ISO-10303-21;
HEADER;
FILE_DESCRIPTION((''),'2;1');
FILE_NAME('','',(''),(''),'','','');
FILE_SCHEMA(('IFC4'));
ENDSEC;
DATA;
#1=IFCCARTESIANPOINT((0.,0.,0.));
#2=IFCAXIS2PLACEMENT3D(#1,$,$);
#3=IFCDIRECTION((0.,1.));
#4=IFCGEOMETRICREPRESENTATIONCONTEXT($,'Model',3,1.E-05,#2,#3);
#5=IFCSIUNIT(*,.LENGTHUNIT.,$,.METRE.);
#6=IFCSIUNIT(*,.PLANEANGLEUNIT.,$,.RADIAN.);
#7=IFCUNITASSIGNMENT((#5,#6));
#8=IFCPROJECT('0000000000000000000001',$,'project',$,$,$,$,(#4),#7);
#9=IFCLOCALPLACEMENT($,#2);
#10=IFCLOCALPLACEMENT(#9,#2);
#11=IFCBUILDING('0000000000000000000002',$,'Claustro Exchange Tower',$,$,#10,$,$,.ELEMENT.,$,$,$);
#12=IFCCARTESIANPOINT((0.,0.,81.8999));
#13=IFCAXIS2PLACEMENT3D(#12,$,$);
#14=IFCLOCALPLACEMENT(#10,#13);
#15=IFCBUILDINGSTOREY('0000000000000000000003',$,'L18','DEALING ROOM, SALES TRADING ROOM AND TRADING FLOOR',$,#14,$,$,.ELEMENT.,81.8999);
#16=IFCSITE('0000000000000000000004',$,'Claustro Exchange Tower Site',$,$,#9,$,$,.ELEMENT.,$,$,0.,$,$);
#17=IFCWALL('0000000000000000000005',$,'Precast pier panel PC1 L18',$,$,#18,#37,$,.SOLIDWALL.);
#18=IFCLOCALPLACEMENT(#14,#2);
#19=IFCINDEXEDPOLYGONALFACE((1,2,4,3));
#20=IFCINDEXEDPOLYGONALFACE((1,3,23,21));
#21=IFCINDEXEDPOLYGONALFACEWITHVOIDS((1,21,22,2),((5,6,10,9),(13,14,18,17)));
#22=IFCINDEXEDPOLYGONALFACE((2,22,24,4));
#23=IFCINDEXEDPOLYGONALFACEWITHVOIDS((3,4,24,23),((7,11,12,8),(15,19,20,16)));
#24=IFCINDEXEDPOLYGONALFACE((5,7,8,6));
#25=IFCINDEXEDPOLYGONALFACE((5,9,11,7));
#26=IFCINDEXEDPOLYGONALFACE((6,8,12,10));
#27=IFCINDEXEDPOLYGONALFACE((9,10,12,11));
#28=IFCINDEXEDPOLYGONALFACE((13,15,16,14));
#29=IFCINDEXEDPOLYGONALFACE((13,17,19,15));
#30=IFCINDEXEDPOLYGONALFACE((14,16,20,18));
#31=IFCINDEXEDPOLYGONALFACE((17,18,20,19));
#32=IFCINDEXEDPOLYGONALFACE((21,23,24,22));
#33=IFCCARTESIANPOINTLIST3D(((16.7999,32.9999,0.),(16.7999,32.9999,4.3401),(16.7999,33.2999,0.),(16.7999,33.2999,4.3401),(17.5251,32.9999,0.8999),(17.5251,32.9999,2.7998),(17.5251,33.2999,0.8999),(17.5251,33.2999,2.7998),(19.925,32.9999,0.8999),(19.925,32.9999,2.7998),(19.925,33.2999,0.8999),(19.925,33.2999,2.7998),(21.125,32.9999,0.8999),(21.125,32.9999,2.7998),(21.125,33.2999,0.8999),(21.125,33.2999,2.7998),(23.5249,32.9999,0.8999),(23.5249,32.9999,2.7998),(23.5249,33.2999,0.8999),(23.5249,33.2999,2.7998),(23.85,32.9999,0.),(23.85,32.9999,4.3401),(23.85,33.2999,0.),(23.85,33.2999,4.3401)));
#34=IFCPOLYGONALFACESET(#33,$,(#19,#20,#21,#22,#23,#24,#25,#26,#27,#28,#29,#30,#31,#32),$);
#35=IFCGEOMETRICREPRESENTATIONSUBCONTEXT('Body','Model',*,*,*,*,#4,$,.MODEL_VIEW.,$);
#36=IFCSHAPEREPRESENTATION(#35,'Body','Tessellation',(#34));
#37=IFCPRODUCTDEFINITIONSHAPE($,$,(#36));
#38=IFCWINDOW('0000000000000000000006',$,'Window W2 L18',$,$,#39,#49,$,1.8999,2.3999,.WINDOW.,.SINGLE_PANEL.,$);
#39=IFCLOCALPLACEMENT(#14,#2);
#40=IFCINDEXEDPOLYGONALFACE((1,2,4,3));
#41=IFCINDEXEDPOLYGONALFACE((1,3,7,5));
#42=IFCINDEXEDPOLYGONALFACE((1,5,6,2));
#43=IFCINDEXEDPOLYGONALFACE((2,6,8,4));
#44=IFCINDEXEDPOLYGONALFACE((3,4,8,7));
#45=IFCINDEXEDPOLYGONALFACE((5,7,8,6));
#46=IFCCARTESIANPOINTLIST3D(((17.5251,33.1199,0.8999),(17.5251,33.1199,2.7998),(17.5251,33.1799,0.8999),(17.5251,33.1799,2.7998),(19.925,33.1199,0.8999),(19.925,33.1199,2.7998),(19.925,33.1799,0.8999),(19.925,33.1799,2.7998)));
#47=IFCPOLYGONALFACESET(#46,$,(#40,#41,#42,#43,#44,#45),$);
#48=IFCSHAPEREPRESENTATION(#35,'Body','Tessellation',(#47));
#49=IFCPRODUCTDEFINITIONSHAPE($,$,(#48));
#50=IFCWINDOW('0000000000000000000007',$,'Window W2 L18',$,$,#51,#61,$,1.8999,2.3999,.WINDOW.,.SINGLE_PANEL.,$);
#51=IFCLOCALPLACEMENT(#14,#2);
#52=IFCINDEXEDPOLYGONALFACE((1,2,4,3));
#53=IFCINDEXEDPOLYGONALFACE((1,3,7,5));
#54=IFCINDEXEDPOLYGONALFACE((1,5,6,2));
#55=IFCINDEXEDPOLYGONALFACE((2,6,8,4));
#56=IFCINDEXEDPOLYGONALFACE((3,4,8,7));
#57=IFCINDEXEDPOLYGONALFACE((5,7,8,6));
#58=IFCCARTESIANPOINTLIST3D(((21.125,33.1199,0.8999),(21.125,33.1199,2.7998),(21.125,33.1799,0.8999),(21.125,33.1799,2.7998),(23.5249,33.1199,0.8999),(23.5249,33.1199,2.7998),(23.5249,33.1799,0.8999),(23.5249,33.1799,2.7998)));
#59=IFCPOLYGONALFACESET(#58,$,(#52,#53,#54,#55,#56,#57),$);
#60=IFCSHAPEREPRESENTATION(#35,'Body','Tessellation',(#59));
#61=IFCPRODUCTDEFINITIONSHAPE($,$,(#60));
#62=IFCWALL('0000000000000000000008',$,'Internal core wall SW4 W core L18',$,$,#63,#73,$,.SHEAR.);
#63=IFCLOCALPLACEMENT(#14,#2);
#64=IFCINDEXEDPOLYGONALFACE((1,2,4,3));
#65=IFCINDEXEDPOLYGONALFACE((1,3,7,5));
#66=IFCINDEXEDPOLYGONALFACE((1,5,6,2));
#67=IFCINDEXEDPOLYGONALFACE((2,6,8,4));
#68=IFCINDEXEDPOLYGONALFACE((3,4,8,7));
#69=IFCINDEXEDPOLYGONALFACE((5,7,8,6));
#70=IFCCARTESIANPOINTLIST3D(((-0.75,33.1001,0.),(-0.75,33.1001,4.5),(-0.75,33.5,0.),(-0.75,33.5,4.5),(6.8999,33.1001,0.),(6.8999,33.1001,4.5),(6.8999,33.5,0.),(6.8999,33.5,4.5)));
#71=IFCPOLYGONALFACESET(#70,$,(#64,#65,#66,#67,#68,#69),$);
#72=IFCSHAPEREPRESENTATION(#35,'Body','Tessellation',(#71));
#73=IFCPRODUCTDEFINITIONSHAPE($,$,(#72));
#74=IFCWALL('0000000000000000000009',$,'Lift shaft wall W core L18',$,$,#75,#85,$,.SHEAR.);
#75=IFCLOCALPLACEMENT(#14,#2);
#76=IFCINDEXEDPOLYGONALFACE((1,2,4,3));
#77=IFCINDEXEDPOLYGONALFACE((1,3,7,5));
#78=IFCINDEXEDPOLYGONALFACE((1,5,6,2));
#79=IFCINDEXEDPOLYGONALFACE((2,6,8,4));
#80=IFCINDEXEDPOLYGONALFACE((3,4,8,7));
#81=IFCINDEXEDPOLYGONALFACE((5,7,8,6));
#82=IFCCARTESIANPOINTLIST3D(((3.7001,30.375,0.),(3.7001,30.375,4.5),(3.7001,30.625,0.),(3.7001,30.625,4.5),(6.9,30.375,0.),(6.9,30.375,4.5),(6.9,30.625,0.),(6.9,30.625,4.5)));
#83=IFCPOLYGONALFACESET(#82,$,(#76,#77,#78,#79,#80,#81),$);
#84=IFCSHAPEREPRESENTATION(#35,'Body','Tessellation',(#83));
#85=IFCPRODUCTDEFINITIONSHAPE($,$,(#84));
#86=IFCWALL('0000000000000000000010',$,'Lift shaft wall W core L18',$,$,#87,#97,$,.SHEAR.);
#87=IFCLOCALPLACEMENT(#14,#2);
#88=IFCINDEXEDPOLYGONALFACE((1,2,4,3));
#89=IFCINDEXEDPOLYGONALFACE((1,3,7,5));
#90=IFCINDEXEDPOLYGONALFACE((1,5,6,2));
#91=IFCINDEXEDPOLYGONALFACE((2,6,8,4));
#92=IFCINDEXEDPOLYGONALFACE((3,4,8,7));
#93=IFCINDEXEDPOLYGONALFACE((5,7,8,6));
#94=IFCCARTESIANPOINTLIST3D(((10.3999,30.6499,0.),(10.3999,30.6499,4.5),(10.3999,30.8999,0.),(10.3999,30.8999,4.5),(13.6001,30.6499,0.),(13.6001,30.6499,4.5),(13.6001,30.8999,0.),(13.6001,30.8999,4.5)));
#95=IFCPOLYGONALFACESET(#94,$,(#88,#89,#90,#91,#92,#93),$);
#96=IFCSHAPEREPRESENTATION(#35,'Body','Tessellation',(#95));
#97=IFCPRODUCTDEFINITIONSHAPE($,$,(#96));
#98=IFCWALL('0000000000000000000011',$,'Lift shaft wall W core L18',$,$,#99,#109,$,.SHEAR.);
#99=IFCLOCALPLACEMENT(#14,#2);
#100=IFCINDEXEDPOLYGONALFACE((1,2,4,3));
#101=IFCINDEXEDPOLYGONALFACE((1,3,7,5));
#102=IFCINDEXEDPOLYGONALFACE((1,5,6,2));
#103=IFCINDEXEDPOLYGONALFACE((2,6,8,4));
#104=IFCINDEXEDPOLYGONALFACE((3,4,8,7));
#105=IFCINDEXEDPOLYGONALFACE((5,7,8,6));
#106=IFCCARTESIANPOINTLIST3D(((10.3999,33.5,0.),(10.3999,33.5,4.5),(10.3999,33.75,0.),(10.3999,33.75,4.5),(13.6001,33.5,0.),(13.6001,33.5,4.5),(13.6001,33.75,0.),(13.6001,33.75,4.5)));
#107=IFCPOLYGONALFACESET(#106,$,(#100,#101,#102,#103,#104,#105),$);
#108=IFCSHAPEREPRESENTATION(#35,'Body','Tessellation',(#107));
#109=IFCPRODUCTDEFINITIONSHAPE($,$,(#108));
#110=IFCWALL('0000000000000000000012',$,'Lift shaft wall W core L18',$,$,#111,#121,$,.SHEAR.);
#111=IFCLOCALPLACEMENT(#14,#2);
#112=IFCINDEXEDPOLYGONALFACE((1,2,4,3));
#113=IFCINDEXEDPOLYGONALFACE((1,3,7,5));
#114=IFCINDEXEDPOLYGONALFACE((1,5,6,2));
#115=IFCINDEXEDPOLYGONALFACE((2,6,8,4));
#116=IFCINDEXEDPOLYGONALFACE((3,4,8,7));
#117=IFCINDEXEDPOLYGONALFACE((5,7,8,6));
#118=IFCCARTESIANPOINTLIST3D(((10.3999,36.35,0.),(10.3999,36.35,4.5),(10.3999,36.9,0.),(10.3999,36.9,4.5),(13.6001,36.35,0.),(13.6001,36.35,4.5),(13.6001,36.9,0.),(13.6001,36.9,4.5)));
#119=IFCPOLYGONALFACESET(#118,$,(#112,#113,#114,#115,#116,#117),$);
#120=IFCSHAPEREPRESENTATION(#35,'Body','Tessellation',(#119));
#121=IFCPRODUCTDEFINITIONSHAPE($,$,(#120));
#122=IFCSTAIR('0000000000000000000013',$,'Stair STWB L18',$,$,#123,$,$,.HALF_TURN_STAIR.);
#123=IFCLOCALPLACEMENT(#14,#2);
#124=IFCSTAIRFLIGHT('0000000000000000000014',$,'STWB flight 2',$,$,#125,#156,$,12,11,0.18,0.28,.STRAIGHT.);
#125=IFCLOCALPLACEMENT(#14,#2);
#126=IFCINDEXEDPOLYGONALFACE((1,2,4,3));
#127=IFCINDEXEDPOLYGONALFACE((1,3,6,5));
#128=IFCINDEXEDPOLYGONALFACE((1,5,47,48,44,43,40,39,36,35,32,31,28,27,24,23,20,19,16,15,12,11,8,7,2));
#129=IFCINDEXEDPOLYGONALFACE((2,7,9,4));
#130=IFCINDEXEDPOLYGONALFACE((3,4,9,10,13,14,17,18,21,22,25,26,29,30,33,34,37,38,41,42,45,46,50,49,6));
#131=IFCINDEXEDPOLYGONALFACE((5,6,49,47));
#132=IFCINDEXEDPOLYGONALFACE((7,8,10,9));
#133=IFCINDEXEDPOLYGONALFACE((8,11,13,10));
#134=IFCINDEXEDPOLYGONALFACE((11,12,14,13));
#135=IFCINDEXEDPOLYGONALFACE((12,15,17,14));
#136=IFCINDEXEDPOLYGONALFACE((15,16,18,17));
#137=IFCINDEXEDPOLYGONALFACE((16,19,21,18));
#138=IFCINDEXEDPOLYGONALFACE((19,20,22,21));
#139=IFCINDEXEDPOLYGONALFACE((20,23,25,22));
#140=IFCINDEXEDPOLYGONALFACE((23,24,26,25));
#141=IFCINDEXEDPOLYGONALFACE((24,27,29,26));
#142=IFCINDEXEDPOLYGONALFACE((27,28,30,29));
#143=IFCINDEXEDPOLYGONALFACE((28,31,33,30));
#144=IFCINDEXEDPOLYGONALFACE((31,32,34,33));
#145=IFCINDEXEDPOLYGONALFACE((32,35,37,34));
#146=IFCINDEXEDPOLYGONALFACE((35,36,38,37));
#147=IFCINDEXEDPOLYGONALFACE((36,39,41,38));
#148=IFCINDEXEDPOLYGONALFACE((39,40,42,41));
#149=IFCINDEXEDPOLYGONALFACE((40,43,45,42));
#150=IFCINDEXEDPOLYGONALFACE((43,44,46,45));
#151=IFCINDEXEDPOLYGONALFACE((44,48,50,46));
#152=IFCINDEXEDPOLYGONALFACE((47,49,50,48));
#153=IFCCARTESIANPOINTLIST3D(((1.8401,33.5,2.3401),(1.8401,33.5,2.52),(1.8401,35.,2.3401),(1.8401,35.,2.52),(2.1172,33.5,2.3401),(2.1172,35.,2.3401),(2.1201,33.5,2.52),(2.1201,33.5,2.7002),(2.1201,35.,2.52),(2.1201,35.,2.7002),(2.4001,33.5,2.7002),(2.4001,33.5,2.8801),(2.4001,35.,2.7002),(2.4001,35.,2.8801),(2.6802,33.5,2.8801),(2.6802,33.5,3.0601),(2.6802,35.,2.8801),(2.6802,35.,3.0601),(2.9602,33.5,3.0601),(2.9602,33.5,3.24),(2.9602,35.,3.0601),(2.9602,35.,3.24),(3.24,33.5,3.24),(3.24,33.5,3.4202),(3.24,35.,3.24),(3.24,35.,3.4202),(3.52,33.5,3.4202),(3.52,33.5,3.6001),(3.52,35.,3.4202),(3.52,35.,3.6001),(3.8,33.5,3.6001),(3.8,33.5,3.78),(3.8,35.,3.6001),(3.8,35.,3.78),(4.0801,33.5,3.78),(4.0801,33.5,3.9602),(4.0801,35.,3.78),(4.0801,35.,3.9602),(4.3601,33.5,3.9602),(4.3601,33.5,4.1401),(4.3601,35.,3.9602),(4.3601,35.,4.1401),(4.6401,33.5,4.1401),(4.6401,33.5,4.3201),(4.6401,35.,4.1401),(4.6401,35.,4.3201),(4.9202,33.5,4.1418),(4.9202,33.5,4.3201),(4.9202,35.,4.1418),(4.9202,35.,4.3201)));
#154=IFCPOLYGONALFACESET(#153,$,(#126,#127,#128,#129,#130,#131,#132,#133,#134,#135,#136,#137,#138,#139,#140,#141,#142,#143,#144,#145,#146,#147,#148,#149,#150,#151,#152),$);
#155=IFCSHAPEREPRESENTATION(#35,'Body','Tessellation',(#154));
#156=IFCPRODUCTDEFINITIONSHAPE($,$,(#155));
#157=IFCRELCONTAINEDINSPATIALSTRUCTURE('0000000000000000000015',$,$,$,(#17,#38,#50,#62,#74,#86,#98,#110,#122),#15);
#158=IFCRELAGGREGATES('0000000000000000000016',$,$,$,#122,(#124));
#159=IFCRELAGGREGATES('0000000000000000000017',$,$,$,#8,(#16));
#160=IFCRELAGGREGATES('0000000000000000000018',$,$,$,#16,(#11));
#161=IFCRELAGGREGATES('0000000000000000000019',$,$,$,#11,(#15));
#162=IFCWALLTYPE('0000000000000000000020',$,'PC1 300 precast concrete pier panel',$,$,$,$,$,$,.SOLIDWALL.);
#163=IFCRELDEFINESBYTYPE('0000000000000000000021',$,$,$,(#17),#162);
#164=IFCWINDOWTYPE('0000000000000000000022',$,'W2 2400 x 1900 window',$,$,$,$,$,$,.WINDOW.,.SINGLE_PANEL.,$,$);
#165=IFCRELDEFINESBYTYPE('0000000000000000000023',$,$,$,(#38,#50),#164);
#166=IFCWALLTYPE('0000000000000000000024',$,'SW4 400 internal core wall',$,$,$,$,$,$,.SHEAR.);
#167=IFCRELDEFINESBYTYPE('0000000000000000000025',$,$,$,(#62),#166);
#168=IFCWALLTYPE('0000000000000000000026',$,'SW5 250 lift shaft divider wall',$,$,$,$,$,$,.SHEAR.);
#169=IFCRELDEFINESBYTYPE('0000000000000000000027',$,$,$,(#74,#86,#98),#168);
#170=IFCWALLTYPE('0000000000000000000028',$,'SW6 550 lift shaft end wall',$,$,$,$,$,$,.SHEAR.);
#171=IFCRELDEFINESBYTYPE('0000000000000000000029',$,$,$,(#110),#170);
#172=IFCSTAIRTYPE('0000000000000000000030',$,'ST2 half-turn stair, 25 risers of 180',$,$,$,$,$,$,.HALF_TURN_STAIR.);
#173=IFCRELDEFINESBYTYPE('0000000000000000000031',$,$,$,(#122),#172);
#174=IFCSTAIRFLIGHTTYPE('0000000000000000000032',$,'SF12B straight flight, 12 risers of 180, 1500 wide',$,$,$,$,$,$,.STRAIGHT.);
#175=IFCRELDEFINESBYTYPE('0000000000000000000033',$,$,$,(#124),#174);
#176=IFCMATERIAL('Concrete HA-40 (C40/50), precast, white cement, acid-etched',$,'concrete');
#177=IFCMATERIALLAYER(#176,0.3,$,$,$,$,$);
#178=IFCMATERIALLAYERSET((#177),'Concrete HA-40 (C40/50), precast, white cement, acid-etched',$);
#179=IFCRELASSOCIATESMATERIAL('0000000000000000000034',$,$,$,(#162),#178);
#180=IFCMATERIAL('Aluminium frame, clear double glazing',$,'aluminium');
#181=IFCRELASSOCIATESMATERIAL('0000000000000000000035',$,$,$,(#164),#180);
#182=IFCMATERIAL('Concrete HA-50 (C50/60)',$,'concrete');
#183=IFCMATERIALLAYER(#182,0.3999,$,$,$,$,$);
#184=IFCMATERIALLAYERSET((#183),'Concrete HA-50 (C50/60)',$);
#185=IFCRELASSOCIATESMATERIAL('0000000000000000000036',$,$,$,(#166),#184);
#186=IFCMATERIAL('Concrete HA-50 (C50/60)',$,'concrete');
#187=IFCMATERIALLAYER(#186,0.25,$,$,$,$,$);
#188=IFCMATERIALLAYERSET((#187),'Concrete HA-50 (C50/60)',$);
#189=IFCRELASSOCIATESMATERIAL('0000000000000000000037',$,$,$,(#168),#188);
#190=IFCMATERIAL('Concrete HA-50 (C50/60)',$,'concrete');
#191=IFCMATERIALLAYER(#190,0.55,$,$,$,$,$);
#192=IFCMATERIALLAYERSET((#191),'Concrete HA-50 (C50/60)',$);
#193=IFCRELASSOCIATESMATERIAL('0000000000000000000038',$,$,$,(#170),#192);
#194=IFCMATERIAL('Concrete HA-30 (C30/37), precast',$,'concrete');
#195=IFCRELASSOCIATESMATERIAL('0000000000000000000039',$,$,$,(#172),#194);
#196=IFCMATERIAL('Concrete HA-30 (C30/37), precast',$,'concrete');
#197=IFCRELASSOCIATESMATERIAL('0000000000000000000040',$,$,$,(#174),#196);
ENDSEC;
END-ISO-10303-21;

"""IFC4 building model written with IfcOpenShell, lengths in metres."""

from ifc_helpers import new_model, si_unit, direction, frame, frame_2d, origin, place, context, subcontext, project, spatial, polyline, rectangle, outline, extrude, material, layer, layer_set, type_object, element, fill, aggregate, save


model = new_model("IFC4")

# Units and contexts
model_context = context("Model", 3, precision=1e-05, world=origin(), true_north=direction((0.0, 1.0)))
body_context = subcontext(model_context, "Body", "Model", "MODEL_VIEW")
ifc_project = project(units=[si_unit("LENGTHUNIT", "METRE"), si_unit("PLANEANGLEUNIT", "RADIAN")], contexts=[model_context])

# Site, building, storey
site_placement = place(None, origin())
site = spatial("IfcSite", under=ifc_project, at=site_placement, Name="Claustro Exchange Tower Site", CompositionType="ELEMENT", RefElevation=0.0)
building_placement = place(site_placement, origin())
building = spatial("IfcBuilding", under=site, at=building_placement, Name="Claustro Exchange Tower", CompositionType="ELEMENT")
storey_placement = place(building_placement, frame((0.0, 0.0, 81.8999)))
storey = spatial("IfcBuildingStorey", under=building, at=storey_placement, Name="L18", Description="DEALING ROOM, SALES TRADING ROOM AND TRADING FLOOR", CompositionType="ELEMENT", Elevation=81.8999)

# Shared definitions
ifc_material_1 = material(Name="Concrete HA-40 (C40/50), precast, white cement, acid-etched", Category="concrete")
ifc_layer_1 = layer(ifc_material_1, 0.3)
ifc_layer_set_1 = layer_set([ifc_layer_1], Name="Concrete HA-40 (C40/50), precast, white cement, acid-etched")
wall_type_1 = type_object("IfcWallType", Name="PC1 300 precast concrete pier panel", PredefinedType="SOLIDWALL", material=ifc_layer_set_1)
ifc_material_2 = material(Name="Aluminium frame, clear double glazing", Category="aluminium")
window_type = type_object("IfcWindowType", Name="W2 2400 x 1900 window", PartitioningType="SINGLE_PANEL", PredefinedType="WINDOW", material=ifc_material_2)

# Wall, openings, windows
wall_1_placement = place(storey_placement, frame((16.8, 33.1499, 0.0), z_axis=(0.0, 0.0, 1.0), x_axis=(1.0, 0.0, 0.0)))
wall_1 = element("IfcWall", 1, at=wall_1_placement, inside=storey, type_object=wall_type_1, Name="Precast pier panel PC1 L18", PredefinedType="SOLIDWALL", context=body_context, shape_type="SweptSolid", body=[
    extrude(rectangle(XDim=7.05, YDim=0.3, at=frame_2d((3.5249, 0.0))), origin(), (0.0, 0.0, 1.0), 4.3401),
])
opening_1_placement = place(wall_1_placement, frame((0.7251, 0.0, 0.8999)))
opening_1 = element("IfcOpeningElement", 2, at=opening_1_placement, cuts=wall_1, PredefinedType="OPENING", context=body_context, shape_type="SweptSolid", body=[
    extrude(rectangle(XDim=2.3999, YDim=1.8999, at=frame_2d((1.2, 0.95))), frame((0.0, 0.1599, 0.0), z_axis=(0.0, -1.0, 0.0), x_axis=(1.0, 0.0, 0.0)), (0.0, 0.0, 1.0), 0.3201),
])
opening_2_placement = place(wall_1_placement, frame((4.325, 0.0, 0.8999)))
opening_2 = element("IfcOpeningElement", 3, at=opening_2_placement, cuts=wall_1, PredefinedType="OPENING", context=body_context, shape_type="SweptSolid", body=[
    extrude(rectangle(XDim=2.3999, YDim=1.8999, at=frame_2d((1.2, 0.95))), frame((0.0, 0.1599, 0.0), z_axis=(0.0, -1.0, 0.0), x_axis=(1.0, 0.0, 0.0)), (0.0, 0.0, 1.0), 0.3201),
])
window_1_placement = place(opening_1_placement, origin())
window_1 = element("IfcWindow", 4, at=window_1_placement, inside=storey, type_object=window_type, Name="Window W2 L18", OverallHeight=1.8999, OverallWidth=2.3999, PartitioningType="SINGLE_PANEL", PredefinedType="WINDOW", context=body_context, shape_type="SweptSolid", body=[
    extrude(rectangle(XDim=2.3999, YDim=1.8999, at=frame_2d((1.2, 0.95))), frame((0.0, 0.03, 0.0), z_axis=(0.0, -1.0, 0.0), x_axis=(1.0, 0.0, 0.0)), (0.0, 0.0, 1.0), 0.0601),
])
fill(opening_1, window_1)
window_2_placement = place(opening_2_placement, origin())
window_2 = element("IfcWindow", 5, at=window_2_placement, inside=storey, type_object=window_type, Name="Window W2 L18", OverallHeight=1.8999, OverallWidth=2.3999, PartitioningType="SINGLE_PANEL", PredefinedType="WINDOW", context=body_context, shape_type="SweptSolid", body=[
    extrude(rectangle(XDim=2.3999, YDim=1.8999, at=frame_2d((1.2, 0.95))), frame((0.0, 0.03, 0.0), z_axis=(0.0, -1.0, 0.0), x_axis=(1.0, 0.0, 0.0)), (0.0, 0.0, 1.0), 0.0601),
])
fill(opening_2, window_2)

# Walls
ifc_material_3 = material(Name="Concrete HA-50 (C50/60)", Category="concrete")
ifc_layer_2 = layer(ifc_material_3, 0.3999)
ifc_layer_set_2 = layer_set([ifc_layer_2], Name="Concrete HA-50 (C50/60)")
wall_type_2 = type_object("IfcWallType", Name="SW4 400 internal core wall", PredefinedType="SHEAR", material=ifc_layer_set_2)
wall_2_placement = place(storey_placement, frame((-0.75, 33.3, 0.0), z_axis=(0.0, 0.0, 1.0), x_axis=(1.0, 0.0, 0.0)))
element("IfcWall", 6, at=wall_2_placement, inside=storey, type_object=wall_type_2, Name="Internal core wall SW4 W core L18", PredefinedType="SHEAR", context=body_context, shape_type="SweptSolid", body=[
    extrude(rectangle(XDim=7.6499, YDim=0.3999, at=frame_2d((3.825, 0.0))), origin(), (0.0, 0.0, 1.0), 4.5),
])
ifc_material_4 = material(Name="Concrete HA-50 (C50/60)", Category="concrete")
ifc_layer_3 = layer(ifc_material_4, 0.25)
ifc_layer_set_3 = layer_set([ifc_layer_3], Name="Concrete HA-50 (C50/60)")
wall_type_3 = type_object("IfcWallType", Name="SW5 250 lift shaft divider wall", PredefinedType="SHEAR", material=ifc_layer_set_3)
wall_3_placement = place(storey_placement, frame((3.7, 30.5, 0.0), z_axis=(0.0, 0.0, 1.0), x_axis=(1.0, 0.0, 0.0)))
element("IfcWall", 7, at=wall_3_placement, inside=storey, type_object=wall_type_3, Name="Lift shaft wall W core L18", PredefinedType="SHEAR", context=body_context, shape_type="SweptSolid", body=[
    extrude(rectangle(XDim=3.2, YDim=0.25, at=frame_2d((1.6001, 0.0))), origin(), (0.0, 0.0, 1.0), 4.5),
])
for number, where, z_axis, x_axis, name in (
    (8, (10.3999, 30.7749, 0.0), (0.0, 0.0, 1.0), (1.0, 0.0, 0.0), "Lift shaft wall W core L18"),
    (9, (10.3999, 33.625, 0.0), (0.0, 0.0, 1.0), (1.0, 0.0, 0.0), "Lift shaft wall W core L18"),
):
    element("IfcWall", number, at=place(storey_placement, frame(where, z_axis=z_axis, x_axis=x_axis)), inside=storey, type_object=wall_type_3, Name=name, PredefinedType="SHEAR", context=body_context, shape_type="SweptSolid", body=[
        extrude(rectangle(XDim=3.2002, YDim=0.25, at=frame_2d((1.6001, 0.0))), origin(), (0.0, 0.0, 1.0), 4.5),
    ])
ifc_material_5 = material(Name="Concrete HA-50 (C50/60)", Category="concrete")
ifc_layer_4 = layer(ifc_material_5, 0.55)
ifc_layer_set_4 = layer_set([ifc_layer_4], Name="Concrete HA-50 (C50/60)")
wall_type_4 = type_object("IfcWallType", Name="SW6 550 lift shaft end wall", PredefinedType="SHEAR", material=ifc_layer_set_4)
wall_4_placement = place(storey_placement, frame((10.3999, 36.625, 0.0), z_axis=(0.0, 0.0, 1.0), x_axis=(1.0, 0.0, 0.0)))
element("IfcWall", 10, at=wall_4_placement, inside=storey, type_object=wall_type_4, Name="Lift shaft wall W core L18", PredefinedType="SHEAR", context=body_context, shape_type="SweptSolid", body=[
    extrude(rectangle(XDim=3.2002, YDim=0.55, at=frame_2d((1.6001, 0.0))), origin(), (0.0, 0.0, 1.0), 4.5),
])

# Stair, stair flight
ifc_material_6 = material(Name="Concrete HA-30 (C30/37), precast", Category="concrete")
stair_type = type_object("IfcStairType", Name="ST2 half-turn stair, 25 risers of 180", PredefinedType="HALF_TURN_STAIR", material=ifc_material_6)
stair_placement = place(storey_placement, origin())
stair = element("IfcStair", 11, at=stair_placement, inside=storey, type_object=stair_type, Name="Stair STWB L18", PredefinedType="HALF_TURN_STAIR")
ifc_material_7 = material(Name="Concrete HA-30 (C30/37), precast", Category="concrete")
stair_flight_type_1 = type_object("IfcStairFlightType", Name="SF12B straight flight, 12 risers of 180, 1500 wide", PredefinedType="STRAIGHT", material=ifc_material_7)
stair_flight_1_placement = place(storey_placement, frame((1.8401, 34.25, 2.3401), z_axis=(0.0, 0.0, 1.0), x_axis=(1.0, 0.0, 0.0)))
stair_flight_1 = element("IfcStairFlight", 12, at=stair_flight_1_placement, type_object=stair_flight_type_1, Name="STWB flight 2", NumberOfRisers=12, NumberOfTreads=11, PredefinedType="STRAIGHT", RiserHeight=0.18, TreadLength=0.28, context=body_context, shape_type="SweptSolid", body=[
    extrude(outline(polyline([(0.0, 0.0), (0.0, 0.1799), (0.28, 0.1799), (0.28, 0.3601), (0.5601, 0.3601), (0.5601, 0.54), (0.8401, 0.54), (0.8401, 0.72), (1.1201, 0.72), (1.1201, 0.8999), (1.3999, 0.8999), (1.3999, 1.0801), (1.6799, 1.0801), (1.6799, 1.26), (1.96, 1.26), (1.96, 1.4399), (2.24, 1.4399), (2.24, 1.6201), (2.52, 1.6201), (2.52, 1.8), (2.8, 1.8), (2.8, 1.98), (3.0801, 1.98), (3.0801, 2.1599), (3.0801, 1.8018), (0.2771, 0.0), (0.0, 0.0)])), frame((0.0, 0.75, 0.0), z_axis=(0.0, -1.0, 0.0), x_axis=(1.0, 0.0, 0.0)), (0.0, 0.0, 1.0), 1.5),
])
aggregate(stair, [stair_flight_1])

save(model, "model.ifc")
